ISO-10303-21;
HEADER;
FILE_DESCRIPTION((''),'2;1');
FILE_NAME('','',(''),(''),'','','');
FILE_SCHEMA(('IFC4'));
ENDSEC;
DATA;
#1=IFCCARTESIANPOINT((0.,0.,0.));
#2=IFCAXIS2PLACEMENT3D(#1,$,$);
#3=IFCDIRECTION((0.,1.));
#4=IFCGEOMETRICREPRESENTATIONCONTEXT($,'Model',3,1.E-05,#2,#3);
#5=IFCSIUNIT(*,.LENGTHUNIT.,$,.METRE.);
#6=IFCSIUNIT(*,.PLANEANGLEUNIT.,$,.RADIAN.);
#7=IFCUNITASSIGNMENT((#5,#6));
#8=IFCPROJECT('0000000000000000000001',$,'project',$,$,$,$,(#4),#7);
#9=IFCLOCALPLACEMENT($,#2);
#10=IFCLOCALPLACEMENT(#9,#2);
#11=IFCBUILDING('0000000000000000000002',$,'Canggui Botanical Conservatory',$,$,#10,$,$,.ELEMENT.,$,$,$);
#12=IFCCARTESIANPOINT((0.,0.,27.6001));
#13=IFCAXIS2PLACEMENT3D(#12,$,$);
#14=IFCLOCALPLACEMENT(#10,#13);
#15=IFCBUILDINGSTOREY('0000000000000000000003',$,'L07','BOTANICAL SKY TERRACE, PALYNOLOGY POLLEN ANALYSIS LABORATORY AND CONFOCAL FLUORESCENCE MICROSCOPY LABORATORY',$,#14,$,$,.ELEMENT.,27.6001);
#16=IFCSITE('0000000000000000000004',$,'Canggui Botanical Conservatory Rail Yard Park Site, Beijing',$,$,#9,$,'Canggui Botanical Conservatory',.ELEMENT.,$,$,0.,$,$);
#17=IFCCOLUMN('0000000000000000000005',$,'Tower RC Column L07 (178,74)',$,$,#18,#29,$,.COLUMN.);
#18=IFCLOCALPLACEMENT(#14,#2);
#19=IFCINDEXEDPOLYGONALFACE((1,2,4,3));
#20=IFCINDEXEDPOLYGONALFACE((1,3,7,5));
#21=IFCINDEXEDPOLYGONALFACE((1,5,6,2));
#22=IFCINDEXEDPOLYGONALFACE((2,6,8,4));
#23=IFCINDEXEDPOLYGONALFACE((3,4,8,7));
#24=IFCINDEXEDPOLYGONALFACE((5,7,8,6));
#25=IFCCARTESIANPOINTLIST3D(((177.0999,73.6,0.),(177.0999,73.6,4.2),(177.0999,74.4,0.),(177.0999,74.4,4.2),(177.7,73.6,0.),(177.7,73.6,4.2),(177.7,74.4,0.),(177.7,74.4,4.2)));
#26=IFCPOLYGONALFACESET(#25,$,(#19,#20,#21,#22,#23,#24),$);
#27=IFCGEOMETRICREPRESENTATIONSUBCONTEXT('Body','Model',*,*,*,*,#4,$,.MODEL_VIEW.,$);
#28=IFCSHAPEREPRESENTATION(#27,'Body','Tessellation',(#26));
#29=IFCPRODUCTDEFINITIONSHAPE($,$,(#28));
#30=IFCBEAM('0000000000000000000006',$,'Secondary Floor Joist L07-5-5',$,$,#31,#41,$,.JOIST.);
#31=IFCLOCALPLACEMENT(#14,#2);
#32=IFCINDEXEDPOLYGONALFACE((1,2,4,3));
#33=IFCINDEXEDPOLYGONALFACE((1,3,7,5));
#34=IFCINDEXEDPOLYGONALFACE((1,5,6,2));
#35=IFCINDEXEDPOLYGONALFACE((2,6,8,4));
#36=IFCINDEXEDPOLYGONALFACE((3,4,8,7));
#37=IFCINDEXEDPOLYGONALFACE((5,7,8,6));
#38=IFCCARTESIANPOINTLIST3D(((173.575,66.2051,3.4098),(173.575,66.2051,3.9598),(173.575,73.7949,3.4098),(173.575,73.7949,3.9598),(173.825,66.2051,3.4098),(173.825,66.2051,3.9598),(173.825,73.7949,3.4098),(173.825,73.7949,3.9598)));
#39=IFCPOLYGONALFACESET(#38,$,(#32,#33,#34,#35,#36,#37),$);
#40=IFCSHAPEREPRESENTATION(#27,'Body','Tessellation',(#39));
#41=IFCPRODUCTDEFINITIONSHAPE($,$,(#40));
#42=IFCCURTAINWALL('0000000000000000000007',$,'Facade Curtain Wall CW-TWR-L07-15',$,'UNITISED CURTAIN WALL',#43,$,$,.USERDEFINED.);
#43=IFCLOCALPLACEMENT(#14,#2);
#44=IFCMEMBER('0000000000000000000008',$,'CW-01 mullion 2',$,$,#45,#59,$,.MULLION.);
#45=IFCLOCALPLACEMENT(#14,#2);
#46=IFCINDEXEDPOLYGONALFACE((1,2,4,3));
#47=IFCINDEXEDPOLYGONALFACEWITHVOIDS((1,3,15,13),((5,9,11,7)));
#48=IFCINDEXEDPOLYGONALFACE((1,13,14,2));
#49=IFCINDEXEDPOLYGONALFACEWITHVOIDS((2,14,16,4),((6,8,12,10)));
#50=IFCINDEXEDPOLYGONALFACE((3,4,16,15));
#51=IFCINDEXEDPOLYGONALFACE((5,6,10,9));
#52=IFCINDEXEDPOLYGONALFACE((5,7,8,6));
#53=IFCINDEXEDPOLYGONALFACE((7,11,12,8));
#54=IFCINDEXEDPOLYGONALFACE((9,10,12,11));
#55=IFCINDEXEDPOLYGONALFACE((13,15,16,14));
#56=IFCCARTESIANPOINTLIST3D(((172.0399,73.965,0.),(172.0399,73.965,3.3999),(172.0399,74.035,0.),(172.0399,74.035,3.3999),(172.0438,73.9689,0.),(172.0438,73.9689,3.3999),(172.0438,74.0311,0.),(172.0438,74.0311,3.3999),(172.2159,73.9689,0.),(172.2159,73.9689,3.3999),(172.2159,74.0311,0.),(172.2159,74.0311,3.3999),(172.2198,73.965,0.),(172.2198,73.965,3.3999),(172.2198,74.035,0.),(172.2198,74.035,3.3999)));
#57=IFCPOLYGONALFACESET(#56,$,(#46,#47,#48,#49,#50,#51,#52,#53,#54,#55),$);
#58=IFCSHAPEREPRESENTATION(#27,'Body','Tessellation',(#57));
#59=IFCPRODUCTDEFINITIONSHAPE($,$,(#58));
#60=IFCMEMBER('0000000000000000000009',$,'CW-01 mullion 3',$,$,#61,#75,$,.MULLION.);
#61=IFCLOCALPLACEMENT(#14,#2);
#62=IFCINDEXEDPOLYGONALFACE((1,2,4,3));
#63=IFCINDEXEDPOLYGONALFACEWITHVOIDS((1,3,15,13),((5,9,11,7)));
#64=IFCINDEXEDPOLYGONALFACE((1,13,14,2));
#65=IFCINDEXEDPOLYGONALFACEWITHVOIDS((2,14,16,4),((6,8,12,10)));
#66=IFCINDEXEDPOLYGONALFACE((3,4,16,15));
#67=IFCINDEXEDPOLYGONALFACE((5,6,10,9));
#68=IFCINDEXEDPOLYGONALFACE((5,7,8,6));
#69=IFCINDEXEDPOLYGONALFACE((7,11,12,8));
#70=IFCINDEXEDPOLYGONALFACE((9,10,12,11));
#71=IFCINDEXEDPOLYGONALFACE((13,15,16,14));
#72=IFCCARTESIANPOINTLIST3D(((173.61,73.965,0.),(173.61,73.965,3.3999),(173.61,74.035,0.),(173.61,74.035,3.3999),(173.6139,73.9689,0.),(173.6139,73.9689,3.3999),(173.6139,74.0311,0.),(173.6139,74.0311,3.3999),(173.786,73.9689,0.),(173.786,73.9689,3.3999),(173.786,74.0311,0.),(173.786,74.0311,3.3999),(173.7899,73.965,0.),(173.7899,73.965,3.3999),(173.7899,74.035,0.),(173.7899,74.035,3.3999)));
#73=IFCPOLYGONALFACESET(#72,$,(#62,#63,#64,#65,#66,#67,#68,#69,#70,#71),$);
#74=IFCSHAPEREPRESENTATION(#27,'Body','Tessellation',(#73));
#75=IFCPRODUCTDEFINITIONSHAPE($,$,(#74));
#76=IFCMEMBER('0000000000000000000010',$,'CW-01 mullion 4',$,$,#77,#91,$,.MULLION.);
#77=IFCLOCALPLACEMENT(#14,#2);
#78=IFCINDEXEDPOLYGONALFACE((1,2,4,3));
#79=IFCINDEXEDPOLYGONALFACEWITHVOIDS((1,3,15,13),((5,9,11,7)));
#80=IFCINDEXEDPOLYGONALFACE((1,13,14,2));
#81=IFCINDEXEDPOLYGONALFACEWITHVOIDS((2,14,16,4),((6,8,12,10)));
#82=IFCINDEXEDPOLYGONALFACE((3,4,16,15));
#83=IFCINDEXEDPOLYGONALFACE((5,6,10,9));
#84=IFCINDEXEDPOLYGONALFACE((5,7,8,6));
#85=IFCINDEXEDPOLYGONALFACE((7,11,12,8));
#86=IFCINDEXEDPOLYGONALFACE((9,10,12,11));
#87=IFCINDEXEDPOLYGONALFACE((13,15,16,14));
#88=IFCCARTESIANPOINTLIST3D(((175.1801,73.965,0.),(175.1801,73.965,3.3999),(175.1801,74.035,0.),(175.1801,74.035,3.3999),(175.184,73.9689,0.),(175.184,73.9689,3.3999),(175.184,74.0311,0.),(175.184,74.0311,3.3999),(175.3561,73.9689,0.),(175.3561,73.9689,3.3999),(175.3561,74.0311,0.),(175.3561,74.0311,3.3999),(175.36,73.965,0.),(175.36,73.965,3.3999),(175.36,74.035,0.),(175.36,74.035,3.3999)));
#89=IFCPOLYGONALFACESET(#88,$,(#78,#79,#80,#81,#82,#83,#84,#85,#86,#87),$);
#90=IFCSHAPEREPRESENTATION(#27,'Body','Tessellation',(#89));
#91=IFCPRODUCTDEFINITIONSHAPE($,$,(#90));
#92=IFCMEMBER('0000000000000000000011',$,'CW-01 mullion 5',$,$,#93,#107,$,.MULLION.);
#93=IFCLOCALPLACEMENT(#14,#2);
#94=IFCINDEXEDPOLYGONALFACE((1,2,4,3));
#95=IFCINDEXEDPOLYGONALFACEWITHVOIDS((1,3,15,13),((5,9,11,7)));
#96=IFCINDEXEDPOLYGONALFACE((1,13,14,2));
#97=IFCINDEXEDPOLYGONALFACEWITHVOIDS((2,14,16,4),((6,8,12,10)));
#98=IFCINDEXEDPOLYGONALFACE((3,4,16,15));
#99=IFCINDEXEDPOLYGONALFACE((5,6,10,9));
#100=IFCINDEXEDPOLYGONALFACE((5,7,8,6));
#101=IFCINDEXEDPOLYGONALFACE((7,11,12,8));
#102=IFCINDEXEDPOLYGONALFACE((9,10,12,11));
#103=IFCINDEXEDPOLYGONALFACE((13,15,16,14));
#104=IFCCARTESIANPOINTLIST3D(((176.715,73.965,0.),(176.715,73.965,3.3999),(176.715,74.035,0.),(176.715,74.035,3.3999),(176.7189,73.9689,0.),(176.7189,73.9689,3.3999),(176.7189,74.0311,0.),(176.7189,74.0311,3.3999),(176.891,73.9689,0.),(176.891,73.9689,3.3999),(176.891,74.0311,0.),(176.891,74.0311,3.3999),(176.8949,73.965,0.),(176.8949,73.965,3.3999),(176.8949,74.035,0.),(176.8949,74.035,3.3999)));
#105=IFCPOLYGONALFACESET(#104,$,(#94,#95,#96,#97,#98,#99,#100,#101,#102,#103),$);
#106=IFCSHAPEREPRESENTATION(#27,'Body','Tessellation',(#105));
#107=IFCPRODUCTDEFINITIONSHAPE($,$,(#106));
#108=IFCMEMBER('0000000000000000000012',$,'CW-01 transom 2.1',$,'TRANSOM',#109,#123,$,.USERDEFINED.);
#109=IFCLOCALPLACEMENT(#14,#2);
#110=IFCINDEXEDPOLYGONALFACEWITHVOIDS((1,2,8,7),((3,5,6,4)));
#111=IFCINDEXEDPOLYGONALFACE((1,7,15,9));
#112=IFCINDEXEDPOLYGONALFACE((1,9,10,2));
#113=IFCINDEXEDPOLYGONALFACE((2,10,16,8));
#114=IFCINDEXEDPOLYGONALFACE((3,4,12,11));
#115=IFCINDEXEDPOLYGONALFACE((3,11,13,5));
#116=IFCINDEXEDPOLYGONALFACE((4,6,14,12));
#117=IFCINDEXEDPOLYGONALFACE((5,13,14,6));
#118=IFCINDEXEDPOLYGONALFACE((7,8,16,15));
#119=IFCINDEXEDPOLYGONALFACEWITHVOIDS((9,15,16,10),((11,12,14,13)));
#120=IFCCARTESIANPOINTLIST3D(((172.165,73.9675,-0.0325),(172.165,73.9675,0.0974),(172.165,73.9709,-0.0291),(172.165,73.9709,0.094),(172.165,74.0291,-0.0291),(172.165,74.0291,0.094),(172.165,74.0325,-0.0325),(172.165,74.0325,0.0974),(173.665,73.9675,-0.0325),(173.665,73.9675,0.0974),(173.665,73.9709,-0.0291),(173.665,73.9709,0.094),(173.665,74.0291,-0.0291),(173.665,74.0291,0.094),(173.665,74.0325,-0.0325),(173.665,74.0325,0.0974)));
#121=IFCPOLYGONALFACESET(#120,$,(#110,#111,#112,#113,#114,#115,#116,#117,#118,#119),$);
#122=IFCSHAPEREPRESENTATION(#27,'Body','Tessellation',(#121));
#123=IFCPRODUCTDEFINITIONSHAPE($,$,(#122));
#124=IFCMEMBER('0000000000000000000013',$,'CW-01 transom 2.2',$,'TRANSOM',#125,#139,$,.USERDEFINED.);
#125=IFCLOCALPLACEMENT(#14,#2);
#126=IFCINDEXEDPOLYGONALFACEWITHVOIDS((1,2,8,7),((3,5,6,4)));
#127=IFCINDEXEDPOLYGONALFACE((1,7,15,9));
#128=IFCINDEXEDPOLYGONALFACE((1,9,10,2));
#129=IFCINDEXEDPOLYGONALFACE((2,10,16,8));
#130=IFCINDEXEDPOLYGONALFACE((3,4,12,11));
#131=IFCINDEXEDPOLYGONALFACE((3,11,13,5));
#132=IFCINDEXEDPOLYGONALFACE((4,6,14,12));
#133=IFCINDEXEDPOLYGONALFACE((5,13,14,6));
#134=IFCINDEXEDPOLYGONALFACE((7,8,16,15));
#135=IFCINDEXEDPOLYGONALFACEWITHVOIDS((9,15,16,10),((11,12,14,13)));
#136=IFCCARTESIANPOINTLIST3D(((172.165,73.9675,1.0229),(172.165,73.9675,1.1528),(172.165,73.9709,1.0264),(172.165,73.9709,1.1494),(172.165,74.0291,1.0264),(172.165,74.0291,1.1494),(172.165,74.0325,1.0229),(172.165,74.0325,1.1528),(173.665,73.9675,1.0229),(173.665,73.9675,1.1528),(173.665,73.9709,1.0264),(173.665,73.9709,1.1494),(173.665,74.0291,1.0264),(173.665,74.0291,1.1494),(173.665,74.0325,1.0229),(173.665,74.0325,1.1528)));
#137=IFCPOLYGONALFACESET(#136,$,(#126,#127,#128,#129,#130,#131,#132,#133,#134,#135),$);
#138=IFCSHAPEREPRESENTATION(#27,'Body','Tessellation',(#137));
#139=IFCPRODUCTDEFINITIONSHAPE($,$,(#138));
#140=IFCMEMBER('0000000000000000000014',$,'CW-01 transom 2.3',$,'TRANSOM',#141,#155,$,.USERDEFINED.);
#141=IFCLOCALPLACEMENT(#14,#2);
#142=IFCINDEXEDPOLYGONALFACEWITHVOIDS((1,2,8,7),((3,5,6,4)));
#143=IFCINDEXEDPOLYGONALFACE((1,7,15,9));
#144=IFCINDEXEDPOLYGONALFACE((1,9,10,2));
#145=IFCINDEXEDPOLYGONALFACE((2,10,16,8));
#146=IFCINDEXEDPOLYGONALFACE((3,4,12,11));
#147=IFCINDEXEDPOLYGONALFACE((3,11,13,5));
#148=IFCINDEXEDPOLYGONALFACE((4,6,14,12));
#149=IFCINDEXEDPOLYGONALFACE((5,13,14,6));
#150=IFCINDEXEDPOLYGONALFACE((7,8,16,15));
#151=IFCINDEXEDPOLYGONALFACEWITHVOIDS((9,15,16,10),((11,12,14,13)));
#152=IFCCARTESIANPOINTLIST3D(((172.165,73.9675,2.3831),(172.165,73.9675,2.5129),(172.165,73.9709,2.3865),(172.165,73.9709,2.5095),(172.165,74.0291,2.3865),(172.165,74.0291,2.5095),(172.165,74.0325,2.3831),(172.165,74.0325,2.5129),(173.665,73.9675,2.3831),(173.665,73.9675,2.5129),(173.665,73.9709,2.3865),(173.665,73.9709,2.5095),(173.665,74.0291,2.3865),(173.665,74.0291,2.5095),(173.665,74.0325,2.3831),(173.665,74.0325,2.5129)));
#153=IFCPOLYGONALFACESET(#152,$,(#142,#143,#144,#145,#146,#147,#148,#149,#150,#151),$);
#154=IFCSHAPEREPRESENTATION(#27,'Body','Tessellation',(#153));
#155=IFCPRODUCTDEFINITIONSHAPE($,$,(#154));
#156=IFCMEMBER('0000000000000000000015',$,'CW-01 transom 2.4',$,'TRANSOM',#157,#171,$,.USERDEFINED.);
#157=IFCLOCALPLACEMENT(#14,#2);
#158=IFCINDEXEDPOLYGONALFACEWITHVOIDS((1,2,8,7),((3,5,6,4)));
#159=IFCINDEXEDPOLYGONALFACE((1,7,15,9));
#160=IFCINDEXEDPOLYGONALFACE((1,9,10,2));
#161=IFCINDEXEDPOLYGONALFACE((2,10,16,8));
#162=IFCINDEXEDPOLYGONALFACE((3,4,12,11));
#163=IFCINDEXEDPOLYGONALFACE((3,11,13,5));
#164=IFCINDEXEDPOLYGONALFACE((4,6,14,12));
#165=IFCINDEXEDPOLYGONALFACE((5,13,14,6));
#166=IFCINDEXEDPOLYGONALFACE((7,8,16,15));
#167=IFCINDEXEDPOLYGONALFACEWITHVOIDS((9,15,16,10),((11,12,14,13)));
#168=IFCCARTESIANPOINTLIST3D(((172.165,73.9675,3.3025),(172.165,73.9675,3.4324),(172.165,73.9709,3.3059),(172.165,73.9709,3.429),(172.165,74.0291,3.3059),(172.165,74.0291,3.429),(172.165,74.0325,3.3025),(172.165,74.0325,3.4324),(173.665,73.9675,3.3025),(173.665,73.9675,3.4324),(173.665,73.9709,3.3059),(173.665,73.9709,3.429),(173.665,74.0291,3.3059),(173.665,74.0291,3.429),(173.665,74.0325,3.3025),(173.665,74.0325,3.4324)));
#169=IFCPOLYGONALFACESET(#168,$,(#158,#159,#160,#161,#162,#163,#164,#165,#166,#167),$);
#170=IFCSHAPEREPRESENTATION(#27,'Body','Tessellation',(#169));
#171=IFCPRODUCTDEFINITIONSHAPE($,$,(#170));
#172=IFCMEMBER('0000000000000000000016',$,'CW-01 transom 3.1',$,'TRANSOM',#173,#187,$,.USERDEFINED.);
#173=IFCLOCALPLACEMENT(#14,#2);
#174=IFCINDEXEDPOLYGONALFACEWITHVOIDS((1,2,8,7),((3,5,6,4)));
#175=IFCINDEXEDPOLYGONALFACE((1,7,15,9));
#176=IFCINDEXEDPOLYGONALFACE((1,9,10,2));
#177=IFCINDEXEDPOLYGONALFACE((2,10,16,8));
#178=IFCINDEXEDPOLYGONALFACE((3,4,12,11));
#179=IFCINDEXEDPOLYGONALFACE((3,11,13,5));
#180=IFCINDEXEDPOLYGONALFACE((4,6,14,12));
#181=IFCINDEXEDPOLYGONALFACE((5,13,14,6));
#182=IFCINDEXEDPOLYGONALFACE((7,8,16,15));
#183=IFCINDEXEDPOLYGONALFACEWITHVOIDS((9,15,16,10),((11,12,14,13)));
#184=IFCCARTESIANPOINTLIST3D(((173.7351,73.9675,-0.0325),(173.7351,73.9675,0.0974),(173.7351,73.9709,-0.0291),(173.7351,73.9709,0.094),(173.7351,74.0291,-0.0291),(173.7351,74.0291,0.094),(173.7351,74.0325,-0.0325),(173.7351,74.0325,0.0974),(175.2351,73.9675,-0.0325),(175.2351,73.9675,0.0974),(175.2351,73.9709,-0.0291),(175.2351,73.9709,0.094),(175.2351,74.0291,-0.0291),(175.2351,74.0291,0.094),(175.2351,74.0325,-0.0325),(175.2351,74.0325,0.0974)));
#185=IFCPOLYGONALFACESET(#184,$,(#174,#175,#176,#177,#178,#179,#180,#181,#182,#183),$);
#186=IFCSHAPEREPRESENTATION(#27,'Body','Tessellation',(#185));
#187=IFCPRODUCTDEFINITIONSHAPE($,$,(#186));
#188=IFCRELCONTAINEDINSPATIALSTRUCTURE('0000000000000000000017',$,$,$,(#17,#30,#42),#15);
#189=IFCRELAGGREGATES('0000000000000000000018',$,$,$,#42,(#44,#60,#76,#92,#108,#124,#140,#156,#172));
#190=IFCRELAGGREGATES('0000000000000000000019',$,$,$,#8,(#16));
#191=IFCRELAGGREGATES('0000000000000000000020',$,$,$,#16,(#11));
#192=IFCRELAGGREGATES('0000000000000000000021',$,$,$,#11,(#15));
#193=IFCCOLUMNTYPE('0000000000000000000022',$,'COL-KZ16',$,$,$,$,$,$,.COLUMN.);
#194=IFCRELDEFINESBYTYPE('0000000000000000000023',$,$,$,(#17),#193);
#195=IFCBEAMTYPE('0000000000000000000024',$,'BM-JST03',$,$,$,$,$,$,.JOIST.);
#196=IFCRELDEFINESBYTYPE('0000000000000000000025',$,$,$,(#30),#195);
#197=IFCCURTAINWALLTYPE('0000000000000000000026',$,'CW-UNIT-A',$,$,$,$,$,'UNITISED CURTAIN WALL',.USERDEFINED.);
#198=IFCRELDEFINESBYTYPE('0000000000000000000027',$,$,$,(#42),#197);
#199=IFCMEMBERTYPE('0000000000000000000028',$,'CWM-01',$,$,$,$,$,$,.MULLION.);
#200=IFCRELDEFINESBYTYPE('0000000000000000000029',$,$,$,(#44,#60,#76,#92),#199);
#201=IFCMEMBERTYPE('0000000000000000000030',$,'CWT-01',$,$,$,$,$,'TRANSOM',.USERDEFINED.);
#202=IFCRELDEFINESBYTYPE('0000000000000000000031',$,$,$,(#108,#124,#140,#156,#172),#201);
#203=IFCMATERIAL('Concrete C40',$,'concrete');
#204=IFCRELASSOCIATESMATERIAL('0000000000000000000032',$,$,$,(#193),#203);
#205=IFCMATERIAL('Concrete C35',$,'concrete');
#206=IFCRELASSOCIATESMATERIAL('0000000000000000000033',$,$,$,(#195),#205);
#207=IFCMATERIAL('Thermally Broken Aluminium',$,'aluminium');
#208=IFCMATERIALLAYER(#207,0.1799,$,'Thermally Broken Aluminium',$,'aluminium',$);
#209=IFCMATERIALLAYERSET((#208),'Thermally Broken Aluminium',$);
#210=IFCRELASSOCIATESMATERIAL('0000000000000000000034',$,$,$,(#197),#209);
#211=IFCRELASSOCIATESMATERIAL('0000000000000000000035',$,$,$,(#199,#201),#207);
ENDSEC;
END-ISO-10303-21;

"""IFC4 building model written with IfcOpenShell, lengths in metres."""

from ifc_helpers import new_model, si_unit, direction, frame, origin, origin_2d, place, context, subcontext, project, spatial, rectangle, hollow_rectangle, extrude, material, layer, layer_set, material_profile, profile_set, type_object, element, aggregate, save


model = new_model("IFC4")

# Units and contexts
model_context = context("Model", 3, precision=1e-05, world=origin(), true_north=direction((0.0, 1.0)))
body_context = subcontext(model_context, "Body", "Model", "MODEL_VIEW")
ifc_project = project(units=[si_unit("LENGTHUNIT", "METRE"), si_unit("PLANEANGLEUNIT", "RADIAN")], contexts=[model_context])

# Site, building, storey
site_placement = place(None, origin())
site = spatial("IfcSite", under=ifc_project, at=site_placement, Name="Canggui Botanical Conservatory Rail Yard Park Site, Beijing", LongName="Canggui Botanical Conservatory", CompositionType="ELEMENT", RefElevation=0.0)
building_placement = place(site_placement, origin())
building = spatial("IfcBuilding", under=site, at=building_placement, Name="Canggui Botanical Conservatory", CompositionType="ELEMENT")
storey_placement = place(building_placement, frame((0.0, 0.0, 27.6001)))
storey = spatial("IfcBuildingStorey", under=building, at=storey_placement, Name="L07", Description="BOTANICAL SKY TERRACE, PALYNOLOGY POLLEN ANALYSIS LABORATORY AND CONFOCAL FLUORESCENCE MICROSCOPY LABORATORY", CompositionType="ELEMENT", Elevation=27.6001)

# Column
ifc_material_1 = material(Name="Concrete C40", Category="concrete")
ifc_material_profile_1 = material_profile(ifc_material_1, rectangle(XDim=0.6001, YDim=0.8, at=origin_2d()), Name="RC 600x800")
ifc_profile_set_1 = profile_set([ifc_material_profile_1], Name="Concrete C40")
column_type = type_object("IfcColumnType", Name="COL-KZ16", PredefinedType="COLUMN", material=ifc_profile_set_1)
column_placement = place(storey_placement, frame((177.3999, 74.0, 0.0), z_axis=(0.0, 0.0, 1.0), x_axis=(1.0, 0.0, 0.0)))
element("IfcColumn", 1, at=column_placement, inside=storey, type_object=column_type, Name="Tower RC Column L07 (178,74)", PredefinedType="COLUMN", context=body_context, shape_type="SweptSolid", body=[
    extrude(rectangle(XDim=0.6001, YDim=0.8, at=origin_2d()), origin(), (0.0, 0.0, 1.0), 4.2),
])

# Beam
ifc_material_2 = material(Name="Concrete C35", Category="concrete")
ifc_material_profile_2 = material_profile(ifc_material_2, rectangle(XDim=0.25, YDim=0.55, at=origin_2d()), Name="RB 250x550")
ifc_profile_set_2 = profile_set([ifc_material_profile_2], Name="Concrete C35")
beam_type = type_object("IfcBeamType", Name="BM-JST03", PredefinedType="JOIST", material=ifc_profile_set_2)
beam_placement = place(storey_placement, frame((173.7, 66.2051, 3.6848), z_axis=(0.0, 1.0, 0.0), x_axis=(-1.0, 0.0, 0.0)))
element("IfcBeam", 2, at=beam_placement, inside=storey, type_object=beam_type, Name="Secondary Floor Joist L07-5-5", PredefinedType="JOIST", context=body_context, shape_type="SweptSolid", body=[
    extrude(rectangle(XDim=0.25, YDim=0.55, at=origin_2d()), origin(), (0.0, 0.0, 1.0), 7.5898),
])

# Curtain wall, members
ifc_material_3 = material(Name="Thermally Broken Aluminium", Category="aluminium")
ifc_layer_1 = layer(ifc_material_3, 0.1799, Name="Thermally Broken Aluminium", Category="aluminium")
ifc_layer_set_1 = layer_set([ifc_layer_1], Name="Thermally Broken Aluminium")
curtain_wall_type = type_object("IfcCurtainWallType", Name="CW-UNIT-A", ElementType="UNITISED CURTAIN WALL", PredefinedType="USERDEFINED", material=ifc_layer_set_1)
curtain_wall_placement = place(storey_placement, origin())
curtain_wall = element("IfcCurtainWall", 3, at=curtain_wall_placement, inside=storey, type_object=curtain_wall_type, Name="Facade Curtain Wall CW-TWR-L07-15", ObjectType="UNITISED CURTAIN WALL", PredefinedType="USERDEFINED")
ifc_material_profile_3 = material_profile(ifc_material_3, hollow_rectangle(XDim=0.0701, YDim=0.1799, WallThickness=0.0039, at=origin_2d()), Name="CWM 70x180x4")
ifc_profile_set_3 = profile_set([ifc_material_profile_3], Name="Thermally Broken Aluminium")
member_type_1 = type_object("IfcMemberType", Name="CWM-01", PredefinedType="MULLION", material=ifc_profile_set_3)
member_1_placement = place(storey_placement, frame((172.1299, 74.0, 0.0), z_axis=(0.0, 0.0, 1.0), x_axis=(0.0, 1.0, 0.0)))
member_1 = element("IfcMember", 4, at=member_1_placement, type_object=member_type_1, Name="CW-01 mullion 2", PredefinedType="MULLION", context=body_context, shape_type="SweptSolid", body=[
    extrude(hollow_rectangle(XDim=0.0701, YDim=0.1799, WallThickness=0.0039, at=origin_2d()), origin(), (0.0, 0.0, 1.0), 3.3999),
])
member_2_placement = place(storey_placement, frame((173.7, 74.0, 0.0), z_axis=(0.0, 0.0, 1.0), x_axis=(0.0, 1.0, 0.0)))
member_2 = element("IfcMember", 5, at=member_2_placement, type_object=member_type_1, Name="CW-01 mullion 3", PredefinedType="MULLION", context=body_context, shape_type="SweptSolid", body=[
    extrude(hollow_rectangle(XDim=0.0701, YDim=0.1799, WallThickness=0.0039, at=origin_2d()), origin(), (0.0, 0.0, 1.0), 3.3999),
])
member_3_placement = place(storey_placement, frame((175.27, 74.0, 0.0), z_axis=(0.0, 0.0, 1.0), x_axis=(0.0, 1.0, 0.0)))
member_3 = element("IfcMember", 6, at=member_3_placement, type_object=member_type_1, Name="CW-01 mullion 4", PredefinedType="MULLION", context=body_context, shape_type="SweptSolid", body=[
    extrude(hollow_rectangle(XDim=0.0701, YDim=0.1799, WallThickness=0.0039, at=origin_2d()), origin(), (0.0, 0.0, 1.0), 3.3999),
])
member_4_placement = place(storey_placement, frame((176.8049, 74.0, 0.0), z_axis=(0.0, 0.0, 1.0), x_axis=(0.0, 1.0, 0.0)))
member_4 = element("IfcMember", 7, at=member_4_placement, type_object=member_type_1, Name="CW-01 mullion 5", PredefinedType="MULLION", context=body_context, shape_type="SweptSolid", body=[
    extrude(hollow_rectangle(XDim=0.0701, YDim=0.1799, WallThickness=0.0039, at=origin_2d()), origin(), (0.0, 0.0, 1.0), 3.3999),
])
ifc_material_profile_4 = material_profile(ifc_material_3, hollow_rectangle(XDim=0.0649, YDim=0.1299, WallThickness=0.0034, at=origin_2d()), Name="CWT 65x130x3.5")
ifc_profile_set_4 = profile_set([ifc_material_profile_4], Name="Thermally Broken Aluminium")
member_type_2 = type_object("IfcMemberType", Name="CWT-01", ElementType="TRANSOM", PredefinedType="USERDEFINED", material=ifc_profile_set_4)
member_5_placement = place(storey_placement, frame((172.165, 74.0, 0.0325), z_axis=(1.0, 0.0, 0.0), x_axis=(0.0, 1.0, 0.0)))
member_5 = element("IfcMember", 8, at=member_5_placement, type_object=member_type_2, Name="CW-01 transom 2.1", ObjectType="TRANSOM", PredefinedType="USERDEFINED", context=body_context, shape_type="SweptSolid", body=[
    extrude(hollow_rectangle(XDim=0.0649, YDim=0.1299, WallThickness=0.0034, at=origin_2d()), origin(), (0.0, 0.0, 1.0), 1.5),
])
member_6_placement = place(storey_placement, frame((172.165, 74.0, 1.0879), z_axis=(1.0, 0.0, 0.0), x_axis=(0.0, 1.0, 0.0)))
member_6 = element("IfcMember", 9, at=member_6_placement, type_object=member_type_2, Name="CW-01 transom 2.2", ObjectType="TRANSOM", PredefinedType="USERDEFINED", context=body_context, shape_type="SweptSolid", body=[
    extrude(hollow_rectangle(XDim=0.0649, YDim=0.1299, WallThickness=0.0034, at=origin_2d()), origin(), (0.0, 0.0, 1.0), 1.5),
])
member_7_placement = place(storey_placement, frame((172.165, 74.0, 2.448), z_axis=(1.0, 0.0, 0.0), x_axis=(0.0, 1.0, 0.0)))
member_7 = element("IfcMember", 10, at=member_7_placement, type_object=member_type_2, Name="CW-01 transom 2.3", ObjectType="TRANSOM", PredefinedType="USERDEFINED", context=body_context, shape_type="SweptSolid", body=[
    extrude(hollow_rectangle(XDim=0.0649, YDim=0.1299, WallThickness=0.0034, at=origin_2d()), origin(), (0.0, 0.0, 1.0), 1.5),
])
member_8_placement = place(storey_placement, frame((172.165, 74.0, 3.3674), z_axis=(1.0, 0.0, 0.0), x_axis=(0.0, 1.0, 0.0)))
member_8 = element("IfcMember", 11, at=member_8_placement, type_object=member_type_2, Name="CW-01 transom 2.4", ObjectType="TRANSOM", PredefinedType="USERDEFINED", context=body_context, shape_type="SweptSolid", body=[
    extrude(hollow_rectangle(XDim=0.0649, YDim=0.1299, WallThickness=0.0034, at=origin_2d()), origin(), (0.0, 0.0, 1.0), 1.5),
])
member_9_placement = place(storey_placement, frame((173.7351, 74.0, 0.0325), z_axis=(1.0, 0.0, 0.0), x_axis=(0.0, 1.0, 0.0)))
member_9 = element("IfcMember", 12, at=member_9_placement, type_object=member_type_2, Name="CW-01 transom 3.1", ObjectType="TRANSOM", PredefinedType="USERDEFINED", context=body_context, shape_type="SweptSolid", body=[
    extrude(hollow_rectangle(XDim=0.0649, YDim=0.1299, WallThickness=0.0034, at=origin_2d()), origin(), (0.0, 0.0, 1.0), 1.5),
])
aggregate(curtain_wall, [member_1, member_2, member_3, member_4, member_5, member_6, member_7, member_8, member_9])

save(model, "model.ifc")
